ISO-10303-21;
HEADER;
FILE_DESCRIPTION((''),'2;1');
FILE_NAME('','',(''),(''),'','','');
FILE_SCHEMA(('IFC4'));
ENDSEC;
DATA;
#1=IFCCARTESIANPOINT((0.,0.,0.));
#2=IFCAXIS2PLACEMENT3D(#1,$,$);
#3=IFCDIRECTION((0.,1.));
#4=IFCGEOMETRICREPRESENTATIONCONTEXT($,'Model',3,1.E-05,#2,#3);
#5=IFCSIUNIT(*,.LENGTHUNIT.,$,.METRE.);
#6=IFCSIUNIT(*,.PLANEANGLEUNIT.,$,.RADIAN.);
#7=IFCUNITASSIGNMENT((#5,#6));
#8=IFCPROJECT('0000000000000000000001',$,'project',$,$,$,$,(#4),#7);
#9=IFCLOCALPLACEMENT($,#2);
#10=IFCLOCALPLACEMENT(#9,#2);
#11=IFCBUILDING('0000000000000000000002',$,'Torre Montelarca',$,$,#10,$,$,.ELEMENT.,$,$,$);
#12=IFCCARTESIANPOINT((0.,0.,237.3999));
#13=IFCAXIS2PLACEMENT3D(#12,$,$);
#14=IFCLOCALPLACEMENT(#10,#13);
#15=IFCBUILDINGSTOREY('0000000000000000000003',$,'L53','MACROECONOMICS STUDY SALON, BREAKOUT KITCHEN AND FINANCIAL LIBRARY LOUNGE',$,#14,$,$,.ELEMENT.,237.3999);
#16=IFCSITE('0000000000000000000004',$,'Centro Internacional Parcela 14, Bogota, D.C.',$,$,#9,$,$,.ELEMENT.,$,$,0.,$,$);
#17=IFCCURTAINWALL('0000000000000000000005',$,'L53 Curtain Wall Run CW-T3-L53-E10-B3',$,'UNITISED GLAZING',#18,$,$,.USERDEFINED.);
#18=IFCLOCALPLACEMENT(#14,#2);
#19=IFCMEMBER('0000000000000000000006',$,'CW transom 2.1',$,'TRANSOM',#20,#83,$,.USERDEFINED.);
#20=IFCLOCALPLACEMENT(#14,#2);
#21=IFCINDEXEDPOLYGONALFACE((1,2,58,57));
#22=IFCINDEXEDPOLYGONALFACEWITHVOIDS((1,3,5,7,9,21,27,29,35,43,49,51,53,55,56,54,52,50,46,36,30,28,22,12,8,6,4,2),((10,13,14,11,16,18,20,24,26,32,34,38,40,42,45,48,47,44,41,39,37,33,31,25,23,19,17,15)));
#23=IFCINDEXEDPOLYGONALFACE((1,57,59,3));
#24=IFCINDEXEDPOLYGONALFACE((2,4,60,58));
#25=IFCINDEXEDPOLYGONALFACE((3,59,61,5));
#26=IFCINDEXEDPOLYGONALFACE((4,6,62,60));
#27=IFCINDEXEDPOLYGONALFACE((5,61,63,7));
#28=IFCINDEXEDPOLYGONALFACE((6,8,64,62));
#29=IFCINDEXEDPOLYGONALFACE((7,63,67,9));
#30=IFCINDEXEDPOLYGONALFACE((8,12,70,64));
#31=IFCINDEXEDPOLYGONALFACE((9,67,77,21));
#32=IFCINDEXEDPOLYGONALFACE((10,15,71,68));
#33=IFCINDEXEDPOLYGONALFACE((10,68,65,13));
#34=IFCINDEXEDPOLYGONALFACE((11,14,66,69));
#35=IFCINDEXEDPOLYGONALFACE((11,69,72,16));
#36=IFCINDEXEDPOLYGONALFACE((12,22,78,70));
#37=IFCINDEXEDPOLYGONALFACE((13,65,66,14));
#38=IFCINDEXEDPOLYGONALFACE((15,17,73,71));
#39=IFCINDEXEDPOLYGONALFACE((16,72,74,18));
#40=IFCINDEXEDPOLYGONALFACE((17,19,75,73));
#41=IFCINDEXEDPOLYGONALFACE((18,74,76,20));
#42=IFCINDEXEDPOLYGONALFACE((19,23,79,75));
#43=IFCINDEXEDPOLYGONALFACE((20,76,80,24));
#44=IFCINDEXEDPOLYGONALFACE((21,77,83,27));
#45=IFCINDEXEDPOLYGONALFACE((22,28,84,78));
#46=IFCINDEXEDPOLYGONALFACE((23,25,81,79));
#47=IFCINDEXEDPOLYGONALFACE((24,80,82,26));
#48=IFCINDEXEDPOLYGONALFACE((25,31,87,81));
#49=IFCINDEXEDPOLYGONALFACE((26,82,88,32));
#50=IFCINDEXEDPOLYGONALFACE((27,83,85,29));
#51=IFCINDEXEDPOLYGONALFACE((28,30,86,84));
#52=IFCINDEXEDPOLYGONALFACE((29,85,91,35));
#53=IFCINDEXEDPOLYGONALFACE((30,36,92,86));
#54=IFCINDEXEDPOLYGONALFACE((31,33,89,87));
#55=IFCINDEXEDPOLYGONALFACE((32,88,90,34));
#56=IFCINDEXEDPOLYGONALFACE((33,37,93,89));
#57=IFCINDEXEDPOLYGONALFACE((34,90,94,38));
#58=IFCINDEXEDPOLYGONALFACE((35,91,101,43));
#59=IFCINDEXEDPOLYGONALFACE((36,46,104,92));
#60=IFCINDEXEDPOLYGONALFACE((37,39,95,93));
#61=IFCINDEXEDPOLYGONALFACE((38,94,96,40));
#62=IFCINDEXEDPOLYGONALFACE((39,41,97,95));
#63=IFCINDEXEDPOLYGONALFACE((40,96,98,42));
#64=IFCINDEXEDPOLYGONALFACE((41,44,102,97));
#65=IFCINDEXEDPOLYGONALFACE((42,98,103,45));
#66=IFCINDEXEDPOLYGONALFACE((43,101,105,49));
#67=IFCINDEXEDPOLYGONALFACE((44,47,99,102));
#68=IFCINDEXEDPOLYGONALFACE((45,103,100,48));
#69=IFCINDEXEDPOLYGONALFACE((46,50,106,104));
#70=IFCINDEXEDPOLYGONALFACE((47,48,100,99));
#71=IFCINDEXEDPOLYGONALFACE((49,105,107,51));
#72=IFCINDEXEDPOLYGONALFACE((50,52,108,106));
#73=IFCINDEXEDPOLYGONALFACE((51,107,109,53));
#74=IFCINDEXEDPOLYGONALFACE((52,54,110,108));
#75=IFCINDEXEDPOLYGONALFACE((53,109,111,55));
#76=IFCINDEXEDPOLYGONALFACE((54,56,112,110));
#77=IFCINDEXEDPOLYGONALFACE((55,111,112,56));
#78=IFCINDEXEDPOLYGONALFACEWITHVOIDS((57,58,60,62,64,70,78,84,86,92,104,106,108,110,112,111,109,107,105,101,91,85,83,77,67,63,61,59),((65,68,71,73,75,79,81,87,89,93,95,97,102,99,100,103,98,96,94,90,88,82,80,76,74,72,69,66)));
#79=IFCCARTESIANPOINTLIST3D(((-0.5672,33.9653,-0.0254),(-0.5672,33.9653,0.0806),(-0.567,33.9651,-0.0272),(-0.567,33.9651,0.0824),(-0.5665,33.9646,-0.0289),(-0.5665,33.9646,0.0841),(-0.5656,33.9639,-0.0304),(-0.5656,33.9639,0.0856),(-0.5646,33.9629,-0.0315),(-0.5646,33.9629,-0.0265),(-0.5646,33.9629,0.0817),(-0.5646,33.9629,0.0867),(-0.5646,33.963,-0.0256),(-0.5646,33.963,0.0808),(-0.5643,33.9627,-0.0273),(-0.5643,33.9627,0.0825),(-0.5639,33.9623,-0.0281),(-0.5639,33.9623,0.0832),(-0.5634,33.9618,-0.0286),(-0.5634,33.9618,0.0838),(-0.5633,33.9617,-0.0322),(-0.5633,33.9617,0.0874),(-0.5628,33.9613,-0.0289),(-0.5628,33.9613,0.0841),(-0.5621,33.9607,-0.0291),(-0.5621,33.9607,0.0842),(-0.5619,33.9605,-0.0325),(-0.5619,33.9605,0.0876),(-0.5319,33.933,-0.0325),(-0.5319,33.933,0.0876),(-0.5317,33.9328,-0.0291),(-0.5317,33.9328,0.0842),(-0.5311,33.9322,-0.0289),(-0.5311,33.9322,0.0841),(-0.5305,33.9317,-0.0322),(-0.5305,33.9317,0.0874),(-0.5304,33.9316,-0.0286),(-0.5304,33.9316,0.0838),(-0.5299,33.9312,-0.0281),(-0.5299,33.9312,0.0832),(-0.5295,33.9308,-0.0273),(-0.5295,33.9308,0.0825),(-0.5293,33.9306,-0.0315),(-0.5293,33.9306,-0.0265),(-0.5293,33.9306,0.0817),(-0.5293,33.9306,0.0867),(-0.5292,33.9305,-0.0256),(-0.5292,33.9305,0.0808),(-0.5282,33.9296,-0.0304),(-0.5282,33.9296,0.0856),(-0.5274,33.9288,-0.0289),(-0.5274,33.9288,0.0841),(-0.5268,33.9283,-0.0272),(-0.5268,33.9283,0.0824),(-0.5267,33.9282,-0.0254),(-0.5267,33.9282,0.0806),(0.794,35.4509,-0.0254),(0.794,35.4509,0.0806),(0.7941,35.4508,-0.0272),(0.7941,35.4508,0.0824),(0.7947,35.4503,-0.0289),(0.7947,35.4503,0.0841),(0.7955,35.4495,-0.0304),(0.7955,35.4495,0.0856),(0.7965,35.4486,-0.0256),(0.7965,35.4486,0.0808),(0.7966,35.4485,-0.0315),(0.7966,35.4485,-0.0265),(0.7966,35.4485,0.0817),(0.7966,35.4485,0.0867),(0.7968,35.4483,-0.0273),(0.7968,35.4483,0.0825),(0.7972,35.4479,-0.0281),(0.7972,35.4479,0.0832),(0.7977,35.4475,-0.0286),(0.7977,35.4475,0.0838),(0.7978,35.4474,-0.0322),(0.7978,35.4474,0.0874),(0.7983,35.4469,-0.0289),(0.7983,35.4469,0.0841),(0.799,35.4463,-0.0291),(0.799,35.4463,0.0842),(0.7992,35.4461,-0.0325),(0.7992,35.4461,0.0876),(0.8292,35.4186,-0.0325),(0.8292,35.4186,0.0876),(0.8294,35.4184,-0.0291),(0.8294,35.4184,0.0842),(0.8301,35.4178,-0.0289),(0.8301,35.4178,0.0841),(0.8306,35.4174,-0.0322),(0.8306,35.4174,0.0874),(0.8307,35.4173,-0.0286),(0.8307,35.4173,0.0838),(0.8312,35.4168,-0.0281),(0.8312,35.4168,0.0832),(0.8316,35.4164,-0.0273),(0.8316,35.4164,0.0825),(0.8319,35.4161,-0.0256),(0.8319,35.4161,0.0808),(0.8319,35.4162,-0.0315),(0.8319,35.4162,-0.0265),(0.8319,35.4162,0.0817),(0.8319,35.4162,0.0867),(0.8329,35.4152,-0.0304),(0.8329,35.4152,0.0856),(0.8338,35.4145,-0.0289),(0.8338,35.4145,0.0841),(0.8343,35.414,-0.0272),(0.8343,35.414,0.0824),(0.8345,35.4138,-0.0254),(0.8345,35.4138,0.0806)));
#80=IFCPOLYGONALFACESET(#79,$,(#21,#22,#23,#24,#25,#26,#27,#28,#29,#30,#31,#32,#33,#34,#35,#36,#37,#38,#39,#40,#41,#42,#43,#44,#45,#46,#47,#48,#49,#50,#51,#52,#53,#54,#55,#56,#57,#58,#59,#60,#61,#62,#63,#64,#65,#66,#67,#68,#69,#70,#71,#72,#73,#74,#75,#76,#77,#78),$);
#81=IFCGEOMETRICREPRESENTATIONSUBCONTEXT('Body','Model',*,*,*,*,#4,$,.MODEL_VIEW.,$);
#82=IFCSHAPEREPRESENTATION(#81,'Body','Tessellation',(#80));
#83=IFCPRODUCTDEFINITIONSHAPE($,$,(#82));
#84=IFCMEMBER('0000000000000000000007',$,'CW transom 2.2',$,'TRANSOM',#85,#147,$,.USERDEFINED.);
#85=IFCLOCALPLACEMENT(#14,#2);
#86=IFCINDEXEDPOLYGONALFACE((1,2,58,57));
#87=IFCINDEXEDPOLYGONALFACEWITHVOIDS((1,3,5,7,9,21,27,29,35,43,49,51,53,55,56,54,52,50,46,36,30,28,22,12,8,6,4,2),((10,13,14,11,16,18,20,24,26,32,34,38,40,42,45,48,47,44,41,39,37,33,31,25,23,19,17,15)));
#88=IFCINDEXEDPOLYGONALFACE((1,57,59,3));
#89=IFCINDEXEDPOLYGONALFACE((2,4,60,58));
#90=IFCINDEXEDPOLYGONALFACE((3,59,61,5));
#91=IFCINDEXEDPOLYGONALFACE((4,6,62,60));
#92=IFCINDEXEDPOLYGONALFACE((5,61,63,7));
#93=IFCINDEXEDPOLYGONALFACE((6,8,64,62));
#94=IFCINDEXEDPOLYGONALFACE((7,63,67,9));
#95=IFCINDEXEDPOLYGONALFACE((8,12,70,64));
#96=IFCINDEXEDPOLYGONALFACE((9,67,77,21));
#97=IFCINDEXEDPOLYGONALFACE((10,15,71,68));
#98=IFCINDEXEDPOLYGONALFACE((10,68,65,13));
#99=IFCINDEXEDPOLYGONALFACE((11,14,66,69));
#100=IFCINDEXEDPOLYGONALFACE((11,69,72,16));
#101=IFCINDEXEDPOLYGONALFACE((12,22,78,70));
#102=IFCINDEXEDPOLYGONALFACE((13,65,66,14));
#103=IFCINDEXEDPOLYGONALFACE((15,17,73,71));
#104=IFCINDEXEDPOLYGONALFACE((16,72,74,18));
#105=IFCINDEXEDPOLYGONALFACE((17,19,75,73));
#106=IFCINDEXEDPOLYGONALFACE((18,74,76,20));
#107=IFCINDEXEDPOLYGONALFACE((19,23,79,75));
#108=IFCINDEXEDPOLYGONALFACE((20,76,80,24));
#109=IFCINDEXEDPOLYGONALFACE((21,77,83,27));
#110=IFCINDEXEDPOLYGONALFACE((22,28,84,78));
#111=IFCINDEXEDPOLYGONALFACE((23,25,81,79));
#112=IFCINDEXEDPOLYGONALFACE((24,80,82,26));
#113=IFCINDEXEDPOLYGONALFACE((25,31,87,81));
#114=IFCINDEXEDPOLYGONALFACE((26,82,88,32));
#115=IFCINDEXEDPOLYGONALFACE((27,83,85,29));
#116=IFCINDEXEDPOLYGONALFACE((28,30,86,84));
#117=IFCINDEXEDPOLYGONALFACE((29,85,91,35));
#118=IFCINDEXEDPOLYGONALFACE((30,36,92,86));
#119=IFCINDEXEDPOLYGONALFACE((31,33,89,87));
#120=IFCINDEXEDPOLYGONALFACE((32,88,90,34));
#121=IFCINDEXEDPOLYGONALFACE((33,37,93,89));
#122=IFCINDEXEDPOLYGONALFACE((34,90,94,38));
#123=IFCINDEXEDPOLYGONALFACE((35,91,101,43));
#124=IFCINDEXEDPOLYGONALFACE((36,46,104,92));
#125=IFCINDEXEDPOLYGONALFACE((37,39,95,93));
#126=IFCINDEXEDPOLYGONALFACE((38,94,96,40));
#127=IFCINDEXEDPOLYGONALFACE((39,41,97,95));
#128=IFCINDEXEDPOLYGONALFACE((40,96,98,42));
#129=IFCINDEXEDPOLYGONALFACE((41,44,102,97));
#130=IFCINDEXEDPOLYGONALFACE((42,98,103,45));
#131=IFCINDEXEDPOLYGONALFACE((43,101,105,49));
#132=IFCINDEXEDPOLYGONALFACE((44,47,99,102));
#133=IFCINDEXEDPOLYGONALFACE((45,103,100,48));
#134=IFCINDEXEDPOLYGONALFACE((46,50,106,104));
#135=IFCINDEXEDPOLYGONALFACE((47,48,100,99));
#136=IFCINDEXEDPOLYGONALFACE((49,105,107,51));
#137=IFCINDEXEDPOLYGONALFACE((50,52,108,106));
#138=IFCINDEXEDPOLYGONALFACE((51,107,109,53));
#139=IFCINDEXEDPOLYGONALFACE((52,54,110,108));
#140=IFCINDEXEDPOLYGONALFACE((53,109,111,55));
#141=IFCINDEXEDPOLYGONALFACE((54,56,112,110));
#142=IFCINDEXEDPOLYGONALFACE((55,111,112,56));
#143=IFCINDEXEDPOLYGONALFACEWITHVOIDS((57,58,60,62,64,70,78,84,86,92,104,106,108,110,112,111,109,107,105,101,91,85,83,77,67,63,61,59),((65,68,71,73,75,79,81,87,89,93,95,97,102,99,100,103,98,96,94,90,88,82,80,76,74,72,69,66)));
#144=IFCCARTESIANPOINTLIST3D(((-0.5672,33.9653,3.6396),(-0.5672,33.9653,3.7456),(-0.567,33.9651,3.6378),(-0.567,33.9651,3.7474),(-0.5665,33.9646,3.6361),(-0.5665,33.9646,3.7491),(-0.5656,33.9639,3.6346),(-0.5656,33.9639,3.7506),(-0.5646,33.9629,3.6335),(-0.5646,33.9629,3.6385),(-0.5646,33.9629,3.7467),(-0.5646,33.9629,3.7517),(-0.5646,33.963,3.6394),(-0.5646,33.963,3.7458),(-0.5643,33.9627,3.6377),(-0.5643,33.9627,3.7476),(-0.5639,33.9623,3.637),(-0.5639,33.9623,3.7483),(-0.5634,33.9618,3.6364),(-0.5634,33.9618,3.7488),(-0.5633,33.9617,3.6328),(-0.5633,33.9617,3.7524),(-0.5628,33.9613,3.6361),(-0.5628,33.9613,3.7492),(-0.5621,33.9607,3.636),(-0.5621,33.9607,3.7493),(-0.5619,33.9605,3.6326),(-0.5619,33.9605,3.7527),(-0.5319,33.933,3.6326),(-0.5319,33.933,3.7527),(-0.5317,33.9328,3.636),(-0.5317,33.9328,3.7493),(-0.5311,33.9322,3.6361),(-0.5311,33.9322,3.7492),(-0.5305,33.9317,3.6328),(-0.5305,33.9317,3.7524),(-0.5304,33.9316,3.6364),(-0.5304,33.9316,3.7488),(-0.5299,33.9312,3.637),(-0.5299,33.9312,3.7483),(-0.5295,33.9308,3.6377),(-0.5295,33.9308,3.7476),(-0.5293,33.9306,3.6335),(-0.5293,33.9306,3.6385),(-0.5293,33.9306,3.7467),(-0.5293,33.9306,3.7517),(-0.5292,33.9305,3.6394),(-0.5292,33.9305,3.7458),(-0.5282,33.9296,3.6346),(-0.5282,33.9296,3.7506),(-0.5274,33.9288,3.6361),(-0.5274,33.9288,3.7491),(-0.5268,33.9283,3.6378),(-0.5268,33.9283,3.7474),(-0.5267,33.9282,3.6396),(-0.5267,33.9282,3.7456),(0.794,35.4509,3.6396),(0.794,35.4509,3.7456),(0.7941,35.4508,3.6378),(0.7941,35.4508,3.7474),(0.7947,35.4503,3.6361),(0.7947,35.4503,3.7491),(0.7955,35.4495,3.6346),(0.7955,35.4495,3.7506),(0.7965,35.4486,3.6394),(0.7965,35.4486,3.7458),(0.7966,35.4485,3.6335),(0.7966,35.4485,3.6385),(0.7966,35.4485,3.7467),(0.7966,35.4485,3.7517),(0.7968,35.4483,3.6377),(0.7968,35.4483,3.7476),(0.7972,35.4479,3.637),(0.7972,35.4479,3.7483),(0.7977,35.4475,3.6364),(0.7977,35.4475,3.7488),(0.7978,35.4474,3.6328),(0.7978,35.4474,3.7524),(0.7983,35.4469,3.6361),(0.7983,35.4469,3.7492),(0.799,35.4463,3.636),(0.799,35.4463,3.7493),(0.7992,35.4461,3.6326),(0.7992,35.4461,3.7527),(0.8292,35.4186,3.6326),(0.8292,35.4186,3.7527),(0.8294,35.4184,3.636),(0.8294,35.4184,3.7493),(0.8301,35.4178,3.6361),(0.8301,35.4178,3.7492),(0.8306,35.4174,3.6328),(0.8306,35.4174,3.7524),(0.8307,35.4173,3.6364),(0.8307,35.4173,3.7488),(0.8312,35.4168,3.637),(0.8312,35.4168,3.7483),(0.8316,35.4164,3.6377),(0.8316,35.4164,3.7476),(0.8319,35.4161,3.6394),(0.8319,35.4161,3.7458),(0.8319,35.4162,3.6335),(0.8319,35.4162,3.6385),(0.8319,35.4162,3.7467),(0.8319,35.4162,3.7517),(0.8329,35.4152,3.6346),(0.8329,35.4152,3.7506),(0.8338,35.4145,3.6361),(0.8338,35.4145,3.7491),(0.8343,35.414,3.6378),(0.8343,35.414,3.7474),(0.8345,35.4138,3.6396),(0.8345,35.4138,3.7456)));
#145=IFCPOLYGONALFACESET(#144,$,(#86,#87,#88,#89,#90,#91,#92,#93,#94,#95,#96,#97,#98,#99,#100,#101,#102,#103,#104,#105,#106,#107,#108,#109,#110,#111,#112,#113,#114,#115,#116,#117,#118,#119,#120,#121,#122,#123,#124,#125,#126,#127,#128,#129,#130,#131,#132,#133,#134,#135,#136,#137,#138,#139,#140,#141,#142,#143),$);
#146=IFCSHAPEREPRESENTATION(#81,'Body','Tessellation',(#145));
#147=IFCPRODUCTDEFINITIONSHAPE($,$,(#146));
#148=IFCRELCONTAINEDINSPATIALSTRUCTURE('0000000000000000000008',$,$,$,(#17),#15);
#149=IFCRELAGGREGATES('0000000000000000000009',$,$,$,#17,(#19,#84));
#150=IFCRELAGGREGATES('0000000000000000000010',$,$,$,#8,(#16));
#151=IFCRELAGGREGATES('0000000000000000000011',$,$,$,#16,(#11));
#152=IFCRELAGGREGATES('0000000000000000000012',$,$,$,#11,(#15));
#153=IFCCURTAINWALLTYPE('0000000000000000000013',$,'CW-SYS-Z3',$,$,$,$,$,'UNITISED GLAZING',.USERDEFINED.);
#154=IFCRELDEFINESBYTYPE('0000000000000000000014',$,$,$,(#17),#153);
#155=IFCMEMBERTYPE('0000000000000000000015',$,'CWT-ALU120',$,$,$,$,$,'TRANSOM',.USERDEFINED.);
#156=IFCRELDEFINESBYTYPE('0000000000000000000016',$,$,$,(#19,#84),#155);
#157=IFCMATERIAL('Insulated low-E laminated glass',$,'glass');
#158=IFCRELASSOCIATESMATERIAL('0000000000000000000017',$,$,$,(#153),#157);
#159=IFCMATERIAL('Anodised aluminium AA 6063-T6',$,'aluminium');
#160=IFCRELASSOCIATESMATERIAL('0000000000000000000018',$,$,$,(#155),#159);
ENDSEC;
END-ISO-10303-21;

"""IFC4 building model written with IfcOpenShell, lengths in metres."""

from ifc_helpers import new_model, si_unit, direction, frame, origin, origin_2d, place, context, subcontext, project, spatial, hollow_rectangle, extrude, source, transform, mapped, material, material_profile, profile_set, type_object, element, aggregate, save


model = new_model("IFC4")

# Units and contexts
model_context = context("Model", 3, precision=1e-05, world=origin(), true_north=direction((0.0, 1.0)))
body_context = subcontext(model_context, "Body", "Model", "MODEL_VIEW")
ifc_project = project(units=[si_unit("LENGTHUNIT", "METRE"), si_unit("PLANEANGLEUNIT", "RADIAN")], contexts=[model_context])

# Site, building, storey
site_placement = place(None, origin())
site = spatial("IfcSite", under=ifc_project, at=site_placement, Name="Centro Internacional Parcela 14, Bogota, D.C.", CompositionType="ELEMENT", RefElevation=0.0)
building_placement = place(site_placement, origin())
building = spatial("IfcBuilding", under=site, at=building_placement, Name="Torre Montelarca", CompositionType="ELEMENT")
storey_placement = place(building_placement, frame((0.0, 0.0, 237.3999)))
storey = spatial("IfcBuildingStorey", under=building, at=storey_placement, Name="L53", Description="MACROECONOMICS STUDY SALON, BREAKOUT KITCHEN AND FINANCIAL LIBRARY LOUNGE", CompositionType="ELEMENT", Elevation=237.3999)

# Curtain wall, members
ifc_material_1 = material(Name="Insulated low-E laminated glass", Category="glass")
curtain_wall_type = type_object("IfcCurtainWallType", Name="CW-SYS-Z3", ElementType="UNITISED GLAZING", PredefinedType="USERDEFINED", material=ifc_material_1)
curtain_wall_1_placement = place(storey_placement, origin())
curtain_wall_1 = element("IfcCurtainWall", 1, at=curtain_wall_1_placement, inside=storey, type_object=curtain_wall_type, Name="L53 Curtain Wall Run CW-T3-L53-E10-B3", ObjectType="UNITISED GLAZING", PredefinedType="USERDEFINED")
ifc_material_2 = material(Name="Anodised aluminium AA 6063-T6", Category="aluminium")
ifc_material_profile_1 = material_profile(ifc_material_2, hollow_rectangle(XDim=0.0549, YDim=0.1201, WallThickness=0.0034, InnerFilletRadius=0.0034, OuterFilletRadius=0.0071, at=origin_2d()), Name="ALU55X120X3.5", Category="aluminium")
ifc_profile_set_1 = profile_set([ifc_material_profile_1], Name="Anodised aluminium AA 6063-T6")
member_type_1 = type_object("IfcMemberType", Name="CWT-ALU120", ElementType="TRANSOM", PredefinedType="USERDEFINED", material=ifc_profile_set_1)
shared_shape_1 = source(origin(), body_context, "Body", "SweptSolid", [
    extrude(hollow_rectangle(XDim=0.0549, YDim=0.1201, WallThickness=0.0034, InnerFilletRadius=0.0034, OuterFilletRadius=0.0071, at=origin_2d()), origin(), (0.0, 0.0, 1.0), 2.0149),
])
member_1_placement = place(storey_placement, frame((0.8142, 35.4324, 0.0276), z_axis=(-0.675533, -0.73733, 0.0), x_axis=(0.73733, -0.675533, 0.0)))
member_1 = element("IfcMember", 2, at=member_1_placement, type_object=member_type_1, Name="CW transom 2.1", ObjectType="TRANSOM", PredefinedType="USERDEFINED", context=body_context, shape_type="MappedRepresentation", body=[
    mapped(shared_shape_1, transform((0.0, 0.0, 0.0), scale=1.0)),
])
member_2_placement = place(storey_placement, frame((0.8142, 35.4324, 3.6926), z_axis=(-0.675533, -0.73733, 0.0), x_axis=(0.73733, -0.675533, 0.0)))
member_2 = element("IfcMember", 3, at=member_2_placement, type_object=member_type_1, Name="CW transom 2.2", ObjectType="TRANSOM", PredefinedType="USERDEFINED", context=body_context, shape_type="MappedRepresentation", body=[
    mapped(shared_shape_1, transform((0.0, 0.0, 0.0), scale=1.0)),
])

aggregate(curtain_wall_1, [member_1, member_2])

save(model, "model.ifc")
